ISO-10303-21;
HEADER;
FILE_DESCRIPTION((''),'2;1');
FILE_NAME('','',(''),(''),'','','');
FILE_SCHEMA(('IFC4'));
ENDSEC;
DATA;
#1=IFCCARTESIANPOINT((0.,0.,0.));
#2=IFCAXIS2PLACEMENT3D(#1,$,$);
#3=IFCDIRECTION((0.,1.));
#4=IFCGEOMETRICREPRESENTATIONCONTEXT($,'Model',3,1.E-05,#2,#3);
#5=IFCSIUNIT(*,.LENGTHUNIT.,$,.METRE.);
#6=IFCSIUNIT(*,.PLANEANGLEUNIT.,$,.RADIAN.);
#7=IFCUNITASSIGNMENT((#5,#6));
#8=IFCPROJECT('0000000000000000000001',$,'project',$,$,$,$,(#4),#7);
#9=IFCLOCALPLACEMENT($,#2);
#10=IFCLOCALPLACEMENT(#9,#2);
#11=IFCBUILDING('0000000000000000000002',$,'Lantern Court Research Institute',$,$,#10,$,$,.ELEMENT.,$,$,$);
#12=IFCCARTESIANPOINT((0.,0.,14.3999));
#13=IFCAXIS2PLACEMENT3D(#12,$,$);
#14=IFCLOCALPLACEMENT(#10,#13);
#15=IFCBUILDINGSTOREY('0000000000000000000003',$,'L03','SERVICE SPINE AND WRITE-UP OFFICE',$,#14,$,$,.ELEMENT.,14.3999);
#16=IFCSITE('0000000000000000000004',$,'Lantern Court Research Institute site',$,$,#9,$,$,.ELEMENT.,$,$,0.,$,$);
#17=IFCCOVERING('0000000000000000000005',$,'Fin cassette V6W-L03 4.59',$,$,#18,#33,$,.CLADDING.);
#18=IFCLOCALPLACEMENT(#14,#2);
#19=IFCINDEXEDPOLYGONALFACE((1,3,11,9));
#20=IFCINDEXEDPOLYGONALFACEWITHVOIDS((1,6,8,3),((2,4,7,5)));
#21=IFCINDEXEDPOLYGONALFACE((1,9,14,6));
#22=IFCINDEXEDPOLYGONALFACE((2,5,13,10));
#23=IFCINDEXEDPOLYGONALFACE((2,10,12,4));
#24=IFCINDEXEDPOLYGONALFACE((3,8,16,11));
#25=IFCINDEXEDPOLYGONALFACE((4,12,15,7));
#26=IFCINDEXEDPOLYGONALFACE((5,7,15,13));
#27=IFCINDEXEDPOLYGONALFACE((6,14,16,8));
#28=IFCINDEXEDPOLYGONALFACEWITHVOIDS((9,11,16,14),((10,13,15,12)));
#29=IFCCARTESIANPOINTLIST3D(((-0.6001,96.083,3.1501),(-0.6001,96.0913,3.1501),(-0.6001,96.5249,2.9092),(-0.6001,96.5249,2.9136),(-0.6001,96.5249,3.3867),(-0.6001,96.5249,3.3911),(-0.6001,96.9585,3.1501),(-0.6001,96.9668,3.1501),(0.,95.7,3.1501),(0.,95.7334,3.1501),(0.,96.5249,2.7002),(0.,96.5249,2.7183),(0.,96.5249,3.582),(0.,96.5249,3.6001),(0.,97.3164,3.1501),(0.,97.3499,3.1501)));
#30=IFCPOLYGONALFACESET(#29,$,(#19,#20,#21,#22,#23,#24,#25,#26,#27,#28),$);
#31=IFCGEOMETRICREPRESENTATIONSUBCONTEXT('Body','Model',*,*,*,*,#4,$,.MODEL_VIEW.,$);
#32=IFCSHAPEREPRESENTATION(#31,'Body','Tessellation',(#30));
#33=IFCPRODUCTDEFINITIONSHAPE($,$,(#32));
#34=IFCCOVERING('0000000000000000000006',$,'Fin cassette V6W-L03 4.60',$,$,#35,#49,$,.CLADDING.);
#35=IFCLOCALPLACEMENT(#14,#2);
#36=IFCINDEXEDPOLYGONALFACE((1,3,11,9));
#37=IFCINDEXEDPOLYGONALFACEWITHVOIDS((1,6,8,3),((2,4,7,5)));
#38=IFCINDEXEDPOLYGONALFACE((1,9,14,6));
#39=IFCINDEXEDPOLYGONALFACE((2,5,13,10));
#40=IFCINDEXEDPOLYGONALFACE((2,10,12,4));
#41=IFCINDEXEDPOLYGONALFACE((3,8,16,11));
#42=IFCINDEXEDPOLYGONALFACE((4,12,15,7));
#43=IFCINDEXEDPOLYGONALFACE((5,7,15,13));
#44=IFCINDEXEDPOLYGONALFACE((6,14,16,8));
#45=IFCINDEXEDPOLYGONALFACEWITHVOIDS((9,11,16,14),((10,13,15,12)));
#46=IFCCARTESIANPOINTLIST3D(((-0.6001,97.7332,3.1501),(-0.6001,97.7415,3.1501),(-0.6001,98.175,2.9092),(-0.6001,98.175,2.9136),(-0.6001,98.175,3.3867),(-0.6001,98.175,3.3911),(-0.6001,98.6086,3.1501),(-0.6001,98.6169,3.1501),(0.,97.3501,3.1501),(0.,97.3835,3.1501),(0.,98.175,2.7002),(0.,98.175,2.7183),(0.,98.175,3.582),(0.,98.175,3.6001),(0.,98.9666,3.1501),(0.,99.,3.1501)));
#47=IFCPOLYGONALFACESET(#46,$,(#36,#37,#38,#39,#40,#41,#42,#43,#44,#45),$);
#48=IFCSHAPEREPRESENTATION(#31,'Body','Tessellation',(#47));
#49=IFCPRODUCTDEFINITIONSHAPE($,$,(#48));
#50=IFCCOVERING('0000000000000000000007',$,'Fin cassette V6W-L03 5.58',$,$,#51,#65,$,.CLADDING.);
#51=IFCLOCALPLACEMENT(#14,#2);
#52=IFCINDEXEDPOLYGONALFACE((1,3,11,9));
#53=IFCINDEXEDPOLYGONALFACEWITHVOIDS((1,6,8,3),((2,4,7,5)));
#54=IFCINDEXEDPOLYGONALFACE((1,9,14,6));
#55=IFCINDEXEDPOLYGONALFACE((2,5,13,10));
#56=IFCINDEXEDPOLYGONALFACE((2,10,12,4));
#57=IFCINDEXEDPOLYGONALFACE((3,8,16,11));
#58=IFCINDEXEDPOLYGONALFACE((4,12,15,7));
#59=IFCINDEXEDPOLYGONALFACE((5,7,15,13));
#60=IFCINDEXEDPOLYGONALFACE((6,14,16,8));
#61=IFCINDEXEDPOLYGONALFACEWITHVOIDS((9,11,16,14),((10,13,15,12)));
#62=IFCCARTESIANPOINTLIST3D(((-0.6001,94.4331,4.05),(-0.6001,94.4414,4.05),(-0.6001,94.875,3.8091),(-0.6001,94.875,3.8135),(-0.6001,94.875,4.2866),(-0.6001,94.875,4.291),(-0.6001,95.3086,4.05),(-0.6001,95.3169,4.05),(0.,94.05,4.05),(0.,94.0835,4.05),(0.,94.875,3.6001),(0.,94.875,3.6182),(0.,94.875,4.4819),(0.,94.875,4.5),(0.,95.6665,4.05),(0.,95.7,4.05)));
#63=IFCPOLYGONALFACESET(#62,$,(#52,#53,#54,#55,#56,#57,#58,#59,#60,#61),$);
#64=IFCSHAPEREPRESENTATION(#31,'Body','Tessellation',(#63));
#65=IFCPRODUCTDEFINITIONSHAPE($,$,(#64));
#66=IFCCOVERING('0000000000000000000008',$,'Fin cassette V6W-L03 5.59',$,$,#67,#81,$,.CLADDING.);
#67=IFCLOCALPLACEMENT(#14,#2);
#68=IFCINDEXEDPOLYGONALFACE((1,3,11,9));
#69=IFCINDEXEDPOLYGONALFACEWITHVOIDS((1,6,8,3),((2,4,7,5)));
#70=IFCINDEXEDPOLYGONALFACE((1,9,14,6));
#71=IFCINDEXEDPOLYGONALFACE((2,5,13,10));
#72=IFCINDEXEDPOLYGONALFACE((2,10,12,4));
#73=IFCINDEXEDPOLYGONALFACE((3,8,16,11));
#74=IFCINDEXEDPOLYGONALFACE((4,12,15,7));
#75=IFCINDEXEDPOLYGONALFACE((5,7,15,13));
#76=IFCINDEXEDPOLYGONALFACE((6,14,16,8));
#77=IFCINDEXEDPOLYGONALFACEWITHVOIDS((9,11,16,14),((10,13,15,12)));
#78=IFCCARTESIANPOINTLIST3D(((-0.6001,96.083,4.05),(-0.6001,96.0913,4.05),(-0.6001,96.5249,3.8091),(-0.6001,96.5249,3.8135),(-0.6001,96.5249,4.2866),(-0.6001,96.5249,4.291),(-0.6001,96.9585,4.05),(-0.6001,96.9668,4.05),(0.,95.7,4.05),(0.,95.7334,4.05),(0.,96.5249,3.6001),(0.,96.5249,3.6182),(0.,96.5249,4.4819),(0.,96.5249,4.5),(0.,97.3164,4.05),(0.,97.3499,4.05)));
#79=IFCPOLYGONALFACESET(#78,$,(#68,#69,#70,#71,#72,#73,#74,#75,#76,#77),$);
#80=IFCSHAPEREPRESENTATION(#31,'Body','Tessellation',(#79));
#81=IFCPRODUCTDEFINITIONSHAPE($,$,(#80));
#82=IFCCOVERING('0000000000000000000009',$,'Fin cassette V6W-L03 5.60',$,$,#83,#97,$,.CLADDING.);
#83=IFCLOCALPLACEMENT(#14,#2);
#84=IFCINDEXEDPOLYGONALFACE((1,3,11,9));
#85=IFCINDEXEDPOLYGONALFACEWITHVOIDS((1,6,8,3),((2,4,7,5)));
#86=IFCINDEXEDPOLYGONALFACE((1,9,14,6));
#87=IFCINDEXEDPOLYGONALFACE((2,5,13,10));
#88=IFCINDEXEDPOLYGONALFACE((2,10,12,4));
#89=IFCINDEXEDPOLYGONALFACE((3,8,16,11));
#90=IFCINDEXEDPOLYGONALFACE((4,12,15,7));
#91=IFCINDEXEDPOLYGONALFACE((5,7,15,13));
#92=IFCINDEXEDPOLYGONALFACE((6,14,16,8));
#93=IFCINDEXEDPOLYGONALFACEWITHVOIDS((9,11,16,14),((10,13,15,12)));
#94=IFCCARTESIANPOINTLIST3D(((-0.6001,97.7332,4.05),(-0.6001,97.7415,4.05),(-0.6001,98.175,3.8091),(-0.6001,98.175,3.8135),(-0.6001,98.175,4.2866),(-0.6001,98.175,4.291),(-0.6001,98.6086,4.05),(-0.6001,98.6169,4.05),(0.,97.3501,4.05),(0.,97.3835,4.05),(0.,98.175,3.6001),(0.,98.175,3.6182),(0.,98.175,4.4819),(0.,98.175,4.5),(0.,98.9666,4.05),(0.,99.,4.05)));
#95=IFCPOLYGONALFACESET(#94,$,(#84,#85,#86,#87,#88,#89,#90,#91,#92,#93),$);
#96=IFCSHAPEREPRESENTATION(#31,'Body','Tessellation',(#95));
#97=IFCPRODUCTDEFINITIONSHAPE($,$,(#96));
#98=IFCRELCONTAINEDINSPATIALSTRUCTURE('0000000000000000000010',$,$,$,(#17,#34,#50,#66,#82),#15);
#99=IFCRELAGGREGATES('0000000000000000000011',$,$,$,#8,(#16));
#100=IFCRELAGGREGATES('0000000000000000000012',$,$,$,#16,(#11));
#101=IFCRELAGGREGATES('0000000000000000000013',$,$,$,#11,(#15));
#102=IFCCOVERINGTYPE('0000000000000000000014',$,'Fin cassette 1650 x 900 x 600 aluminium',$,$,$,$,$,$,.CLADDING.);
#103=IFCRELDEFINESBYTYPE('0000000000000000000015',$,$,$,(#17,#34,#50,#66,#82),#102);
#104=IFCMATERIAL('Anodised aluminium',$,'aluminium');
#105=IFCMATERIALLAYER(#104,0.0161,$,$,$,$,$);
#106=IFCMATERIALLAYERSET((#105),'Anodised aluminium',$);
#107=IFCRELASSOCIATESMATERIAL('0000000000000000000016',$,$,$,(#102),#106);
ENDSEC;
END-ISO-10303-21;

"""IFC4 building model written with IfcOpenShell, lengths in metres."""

from ifc_helpers import new_model, entity, si_unit, direction, frame, origin, place, context, subcontext, project, spatial, material, layer, layer_set, type_object, element, save


model = new_model("IFC4")

# Units and contexts
model_context = context("Model", 3, precision=1e-05, world=origin(), true_north=direction((0.0, 1.0)))
body_context = subcontext(model_context, "Body", "Model", "MODEL_VIEW")
ifc_project = project(units=[si_unit("LENGTHUNIT", "METRE"), si_unit("PLANEANGLEUNIT", "RADIAN")], contexts=[model_context])

# Site, building, storey
site_placement = place(None, origin())
site = spatial("IfcSite", under=ifc_project, at=site_placement, Name="Lantern Court Research Institute site", CompositionType="ELEMENT", RefElevation=0.0)
building_placement = place(site_placement, origin())
building = spatial("IfcBuilding", under=site, at=building_placement, Name="Lantern Court Research Institute", CompositionType="ELEMENT")
storey_placement = place(building_placement, frame((0.0, 0.0, 14.3999)))
storey = spatial("IfcBuildingStorey", under=building, at=storey_placement, Name="L03", Description="SERVICE SPINE AND WRITE-UP OFFICE", CompositionType="ELEMENT", Elevation=14.3999)

# Coverings
ifc_material_1 = material(Name="Anodised aluminium", Category="aluminium")
ifc_layer_1 = layer(ifc_material_1, 0.0161)
ifc_layer_set_1 = layer_set([ifc_layer_1], Name="Anodised aluminium")
covering_type = type_object("IfcCoveringType", Name="Fin cassette 1650 x 900 x 600 aluminium", PredefinedType="CLADDING", material=ifc_layer_set_1)
covering_1_placement = place(storey_placement, frame((0.0, 96.5249, 3.1501), z_axis=(-1.0, 0.0, 0.0), x_axis=(0.0, -1.0, 0.0)))
cartesian_point_1 = entity("IfcCartesianPoint", [0.825, 0.0])
cartesian_point_2 = entity("IfcCartesianPoint", [0.7915, 0.0])
cartesian_point_3 = entity("IfcCartesianPoint", [0.4419, 0.0])
cartesian_point_4 = entity("IfcCartesianPoint", [0.4336, 0.0])
element("IfcCovering", 1, at=covering_1_placement, inside=storey, type_object=covering_type, Name="Fin cassette V6W-L03 4.59", PredefinedType="CLADDING", context=body_context, shape_type="SweptSolid", body=[
    entity("IfcExtrudedAreaSolidTapered", entity("IfcArbitraryProfileDefWithVoids", "AREA", None, entity("IfcPolyline", [cartesian_point_1, entity("IfcCartesianPoint", [0.0, 0.45]), entity("IfcCartesianPoint", [-0.825, 0.0]), entity("IfcCartesianPoint", [0.0, -0.45]), cartesian_point_1]), [entity("IfcPolyline", [cartesian_point_2, entity("IfcCartesianPoint", [0.0, 0.4319]), entity("IfcCartesianPoint", [-0.7915, 0.0]), entity("IfcCartesianPoint", [0.0, -0.4319]), cartesian_point_2])]), entity("IfcAxis2Placement3D", entity("IfcCartesianPoint", [0.0, 0.0, 0.0])), entity("IfcDirection", [0.0, 0.0, 1.0]), 0.6001, entity("IfcArbitraryProfileDefWithVoids", "AREA", None, entity("IfcPolyline", [cartesian_point_3, entity("IfcCartesianPoint", [0.0, 0.241]), entity("IfcCartesianPoint", [-0.4419, 0.0]), entity("IfcCartesianPoint", [0.0, -0.241]), cartesian_point_3]), [entity("IfcPolyline", [cartesian_point_4, entity("IfcCartesianPoint", [0.0, 0.2366]), entity("IfcCartesianPoint", [-0.4336, 0.0]), entity("IfcCartesianPoint", [0.0, -0.2366]), cartesian_point_4])])),
])
covering_2_placement = place(storey_placement, frame((0.0, 98.175, 3.1501), z_axis=(-1.0, 0.0, 0.0), x_axis=(0.0, -1.0, 0.0)))
cartesian_point_5 = entity("IfcCartesianPoint", [0.825, 0.0])
cartesian_point_6 = entity("IfcCartesianPoint", [0.7915, 0.0])
cartesian_point_7 = entity("IfcCartesianPoint", [0.4419, 0.0])
cartesian_point_8 = entity("IfcCartesianPoint", [0.4336, 0.0])
element("IfcCovering", 2, at=covering_2_placement, inside=storey, type_object=covering_type, Name="Fin cassette V6W-L03 4.60", PredefinedType="CLADDING", context=body_context, shape_type="SweptSolid", body=[
    entity("IfcExtrudedAreaSolidTapered", entity("IfcArbitraryProfileDefWithVoids", "AREA", None, entity("IfcPolyline", [cartesian_point_5, entity("IfcCartesianPoint", [0.0, 0.45]), entity("IfcCartesianPoint", [-0.825, 0.0]), entity("IfcCartesianPoint", [0.0, -0.45]), cartesian_point_5]), [entity("IfcPolyline", [cartesian_point_6, entity("IfcCartesianPoint", [0.0, 0.4319]), entity("IfcCartesianPoint", [-0.7915, 0.0]), entity("IfcCartesianPoint", [0.0, -0.4319]), cartesian_point_6])]), entity("IfcAxis2Placement3D", entity("IfcCartesianPoint", [0.0, 0.0, 0.0])), entity("IfcDirection", [0.0, 0.0, 1.0]), 0.6001, entity("IfcArbitraryProfileDefWithVoids", "AREA", None, entity("IfcPolyline", [cartesian_point_7, entity("IfcCartesianPoint", [0.0, 0.241]), entity("IfcCartesianPoint", [-0.4419, 0.0]), entity("IfcCartesianPoint", [0.0, -0.241]), cartesian_point_7]), [entity("IfcPolyline", [cartesian_point_8, entity("IfcCartesianPoint", [0.0, 0.2366]), entity("IfcCartesianPoint", [-0.4336, 0.0]), entity("IfcCartesianPoint", [0.0, -0.2366]), cartesian_point_8])])),
])
covering_3_placement = place(storey_placement, frame((0.0, 94.875, 4.05), z_axis=(-1.0, 0.0, 0.0), x_axis=(0.0, -1.0, 0.0)))
cartesian_point_9 = entity("IfcCartesianPoint", [0.825, 0.0])
cartesian_point_10 = entity("IfcCartesianPoint", [0.7915, 0.0])
cartesian_point_11 = entity("IfcCartesianPoint", [0.4419, 0.0])
cartesian_point_12 = entity("IfcCartesianPoint", [0.4336, 0.0])
element("IfcCovering", 3, at=covering_3_placement, inside=storey, type_object=covering_type, Name="Fin cassette V6W-L03 5.58", PredefinedType="CLADDING", context=body_context, shape_type="SweptSolid", body=[
    entity("IfcExtrudedAreaSolidTapered", entity("IfcArbitraryProfileDefWithVoids", "AREA", None, entity("IfcPolyline", [cartesian_point_9, entity("IfcCartesianPoint", [0.0, 0.45]), entity("IfcCartesianPoint", [-0.825, 0.0]), entity("IfcCartesianPoint", [0.0, -0.45]), cartesian_point_9]), [entity("IfcPolyline", [cartesian_point_10, entity("IfcCartesianPoint", [0.0, 0.4319]), entity("IfcCartesianPoint", [-0.7915, 0.0]), entity("IfcCartesianPoint", [0.0, -0.4319]), cartesian_point_10])]), entity("IfcAxis2Placement3D", entity("IfcCartesianPoint", [0.0, 0.0, 0.0])), entity("IfcDirection", [0.0, 0.0, 1.0]), 0.6001, entity("IfcArbitraryProfileDefWithVoids", "AREA", None, entity("IfcPolyline", [cartesian_point_11, entity("IfcCartesianPoint", [0.0, 0.241]), entity("IfcCartesianPoint", [-0.4419, 0.0]), entity("IfcCartesianPoint", [0.0, -0.241]), cartesian_point_11]), [entity("IfcPolyline", [cartesian_point_12, entity("IfcCartesianPoint", [0.0, 0.2366]), entity("IfcCartesianPoint", [-0.4336, 0.0]), entity("IfcCartesianPoint", [0.0, -0.2366]), cartesian_point_12])])),
])
covering_4_placement = place(storey_placement, frame((0.0, 96.5249, 4.05), z_axis=(-1.0, 0.0, 0.0), x_axis=(0.0, -1.0, 0.0)))
cartesian_point_13 = entity("IfcCartesianPoint", [0.825, 0.0])
cartesian_point_14 = entity("IfcCartesianPoint", [0.7915, 0.0])
cartesian_point_15 = entity("IfcCartesianPoint", [0.4419, 0.0])
cartesian_point_16 = entity("IfcCartesianPoint", [0.4336, 0.0])
element("IfcCovering", 4, at=covering_4_placement, inside=storey, type_object=covering_type, Name="Fin cassette V6W-L03 5.59", PredefinedType="CLADDING", context=body_context, shape_type="SweptSolid", body=[
    entity("IfcExtrudedAreaSolidTapered", entity("IfcArbitraryProfileDefWithVoids", "AREA", None, entity("IfcPolyline", [cartesian_point_13, entity("IfcCartesianPoint", [0.0, 0.45]), entity("IfcCartesianPoint", [-0.825, 0.0]), entity("IfcCartesianPoint", [0.0, -0.45]), cartesian_point_13]), [entity("IfcPolyline", [cartesian_point_14, entity("IfcCartesianPoint", [0.0, 0.4319]), entity("IfcCartesianPoint", [-0.7915, 0.0]), entity("IfcCartesianPoint", [0.0, -0.4319]), cartesian_point_14])]), entity("IfcAxis2Placement3D", entity("IfcCartesianPoint", [0.0, 0.0, 0.0])), entity("IfcDirection", [0.0, 0.0, 1.0]), 0.6001, entity("IfcArbitraryProfileDefWithVoids", "AREA", None, entity("IfcPolyline", [cartesian_point_15, entity("IfcCartesianPoint", [0.0, 0.241]), entity("IfcCartesianPoint", [-0.4419, 0.0]), entity("IfcCartesianPoint", [0.0, -0.241]), cartesian_point_15]), [entity("IfcPolyline", [cartesian_point_16, entity("IfcCartesianPoint", [0.0, 0.2366]), entity("IfcCartesianPoint", [-0.4336, 0.0]), entity("IfcCartesianPoint", [0.0, -0.2366]), cartesian_point_16])])),
])
covering_5_placement = place(storey_placement, frame((0.0, 98.175, 4.05), z_axis=(-1.0, 0.0, 0.0), x_axis=(0.0, -1.0, 0.0)))
cartesian_point_17 = entity("IfcCartesianPoint", [0.825, 0.0])
cartesian_point_18 = entity("IfcCartesianPoint", [0.7915, 0.0])
cartesian_point_19 = entity("IfcCartesianPoint", [0.4419, 0.0])
cartesian_point_20 = entity("IfcCartesianPoint", [0.4336, 0.0])
element("IfcCovering", 5, at=covering_5_placement, inside=storey, type_object=covering_type, Name="Fin cassette V6W-L03 5.60", PredefinedType="CLADDING", context=body_context, shape_type="SweptSolid", body=[
    entity("IfcExtrudedAreaSolidTapered", entity("IfcArbitraryProfileDefWithVoids", "AREA", None, entity("IfcPolyline", [cartesian_point_17, entity("IfcCartesianPoint", [0.0, 0.45]), entity("IfcCartesianPoint", [-0.825, 0.0]), entity("IfcCartesianPoint", [0.0, -0.45]), cartesian_point_17]), [entity("IfcPolyline", [cartesian_point_18, entity("IfcCartesianPoint", [0.0, 0.4319]), entity("IfcCartesianPoint", [-0.7915, 0.0]), entity("IfcCartesianPoint", [0.0, -0.4319]), cartesian_point_18])]), entity("IfcAxis2Placement3D", entity("IfcCartesianPoint", [0.0, 0.0, 0.0])), entity("IfcDirection", [0.0, 0.0, 1.0]), 0.6001, entity("IfcArbitraryProfileDefWithVoids", "AREA", None, entity("IfcPolyline", [cartesian_point_19, entity("IfcCartesianPoint", [0.0, 0.241]), entity("IfcCartesianPoint", [-0.4419, 0.0]), entity("IfcCartesianPoint", [0.0, -0.241]), cartesian_point_19]), [entity("IfcPolyline", [cartesian_point_20, entity("IfcCartesianPoint", [0.0, 0.2366]), entity("IfcCartesianPoint", [-0.4336, 0.0]), entity("IfcCartesianPoint", [0.0, -0.2366]), cartesian_point_20])])),
])

save(model, "model.ifc")
